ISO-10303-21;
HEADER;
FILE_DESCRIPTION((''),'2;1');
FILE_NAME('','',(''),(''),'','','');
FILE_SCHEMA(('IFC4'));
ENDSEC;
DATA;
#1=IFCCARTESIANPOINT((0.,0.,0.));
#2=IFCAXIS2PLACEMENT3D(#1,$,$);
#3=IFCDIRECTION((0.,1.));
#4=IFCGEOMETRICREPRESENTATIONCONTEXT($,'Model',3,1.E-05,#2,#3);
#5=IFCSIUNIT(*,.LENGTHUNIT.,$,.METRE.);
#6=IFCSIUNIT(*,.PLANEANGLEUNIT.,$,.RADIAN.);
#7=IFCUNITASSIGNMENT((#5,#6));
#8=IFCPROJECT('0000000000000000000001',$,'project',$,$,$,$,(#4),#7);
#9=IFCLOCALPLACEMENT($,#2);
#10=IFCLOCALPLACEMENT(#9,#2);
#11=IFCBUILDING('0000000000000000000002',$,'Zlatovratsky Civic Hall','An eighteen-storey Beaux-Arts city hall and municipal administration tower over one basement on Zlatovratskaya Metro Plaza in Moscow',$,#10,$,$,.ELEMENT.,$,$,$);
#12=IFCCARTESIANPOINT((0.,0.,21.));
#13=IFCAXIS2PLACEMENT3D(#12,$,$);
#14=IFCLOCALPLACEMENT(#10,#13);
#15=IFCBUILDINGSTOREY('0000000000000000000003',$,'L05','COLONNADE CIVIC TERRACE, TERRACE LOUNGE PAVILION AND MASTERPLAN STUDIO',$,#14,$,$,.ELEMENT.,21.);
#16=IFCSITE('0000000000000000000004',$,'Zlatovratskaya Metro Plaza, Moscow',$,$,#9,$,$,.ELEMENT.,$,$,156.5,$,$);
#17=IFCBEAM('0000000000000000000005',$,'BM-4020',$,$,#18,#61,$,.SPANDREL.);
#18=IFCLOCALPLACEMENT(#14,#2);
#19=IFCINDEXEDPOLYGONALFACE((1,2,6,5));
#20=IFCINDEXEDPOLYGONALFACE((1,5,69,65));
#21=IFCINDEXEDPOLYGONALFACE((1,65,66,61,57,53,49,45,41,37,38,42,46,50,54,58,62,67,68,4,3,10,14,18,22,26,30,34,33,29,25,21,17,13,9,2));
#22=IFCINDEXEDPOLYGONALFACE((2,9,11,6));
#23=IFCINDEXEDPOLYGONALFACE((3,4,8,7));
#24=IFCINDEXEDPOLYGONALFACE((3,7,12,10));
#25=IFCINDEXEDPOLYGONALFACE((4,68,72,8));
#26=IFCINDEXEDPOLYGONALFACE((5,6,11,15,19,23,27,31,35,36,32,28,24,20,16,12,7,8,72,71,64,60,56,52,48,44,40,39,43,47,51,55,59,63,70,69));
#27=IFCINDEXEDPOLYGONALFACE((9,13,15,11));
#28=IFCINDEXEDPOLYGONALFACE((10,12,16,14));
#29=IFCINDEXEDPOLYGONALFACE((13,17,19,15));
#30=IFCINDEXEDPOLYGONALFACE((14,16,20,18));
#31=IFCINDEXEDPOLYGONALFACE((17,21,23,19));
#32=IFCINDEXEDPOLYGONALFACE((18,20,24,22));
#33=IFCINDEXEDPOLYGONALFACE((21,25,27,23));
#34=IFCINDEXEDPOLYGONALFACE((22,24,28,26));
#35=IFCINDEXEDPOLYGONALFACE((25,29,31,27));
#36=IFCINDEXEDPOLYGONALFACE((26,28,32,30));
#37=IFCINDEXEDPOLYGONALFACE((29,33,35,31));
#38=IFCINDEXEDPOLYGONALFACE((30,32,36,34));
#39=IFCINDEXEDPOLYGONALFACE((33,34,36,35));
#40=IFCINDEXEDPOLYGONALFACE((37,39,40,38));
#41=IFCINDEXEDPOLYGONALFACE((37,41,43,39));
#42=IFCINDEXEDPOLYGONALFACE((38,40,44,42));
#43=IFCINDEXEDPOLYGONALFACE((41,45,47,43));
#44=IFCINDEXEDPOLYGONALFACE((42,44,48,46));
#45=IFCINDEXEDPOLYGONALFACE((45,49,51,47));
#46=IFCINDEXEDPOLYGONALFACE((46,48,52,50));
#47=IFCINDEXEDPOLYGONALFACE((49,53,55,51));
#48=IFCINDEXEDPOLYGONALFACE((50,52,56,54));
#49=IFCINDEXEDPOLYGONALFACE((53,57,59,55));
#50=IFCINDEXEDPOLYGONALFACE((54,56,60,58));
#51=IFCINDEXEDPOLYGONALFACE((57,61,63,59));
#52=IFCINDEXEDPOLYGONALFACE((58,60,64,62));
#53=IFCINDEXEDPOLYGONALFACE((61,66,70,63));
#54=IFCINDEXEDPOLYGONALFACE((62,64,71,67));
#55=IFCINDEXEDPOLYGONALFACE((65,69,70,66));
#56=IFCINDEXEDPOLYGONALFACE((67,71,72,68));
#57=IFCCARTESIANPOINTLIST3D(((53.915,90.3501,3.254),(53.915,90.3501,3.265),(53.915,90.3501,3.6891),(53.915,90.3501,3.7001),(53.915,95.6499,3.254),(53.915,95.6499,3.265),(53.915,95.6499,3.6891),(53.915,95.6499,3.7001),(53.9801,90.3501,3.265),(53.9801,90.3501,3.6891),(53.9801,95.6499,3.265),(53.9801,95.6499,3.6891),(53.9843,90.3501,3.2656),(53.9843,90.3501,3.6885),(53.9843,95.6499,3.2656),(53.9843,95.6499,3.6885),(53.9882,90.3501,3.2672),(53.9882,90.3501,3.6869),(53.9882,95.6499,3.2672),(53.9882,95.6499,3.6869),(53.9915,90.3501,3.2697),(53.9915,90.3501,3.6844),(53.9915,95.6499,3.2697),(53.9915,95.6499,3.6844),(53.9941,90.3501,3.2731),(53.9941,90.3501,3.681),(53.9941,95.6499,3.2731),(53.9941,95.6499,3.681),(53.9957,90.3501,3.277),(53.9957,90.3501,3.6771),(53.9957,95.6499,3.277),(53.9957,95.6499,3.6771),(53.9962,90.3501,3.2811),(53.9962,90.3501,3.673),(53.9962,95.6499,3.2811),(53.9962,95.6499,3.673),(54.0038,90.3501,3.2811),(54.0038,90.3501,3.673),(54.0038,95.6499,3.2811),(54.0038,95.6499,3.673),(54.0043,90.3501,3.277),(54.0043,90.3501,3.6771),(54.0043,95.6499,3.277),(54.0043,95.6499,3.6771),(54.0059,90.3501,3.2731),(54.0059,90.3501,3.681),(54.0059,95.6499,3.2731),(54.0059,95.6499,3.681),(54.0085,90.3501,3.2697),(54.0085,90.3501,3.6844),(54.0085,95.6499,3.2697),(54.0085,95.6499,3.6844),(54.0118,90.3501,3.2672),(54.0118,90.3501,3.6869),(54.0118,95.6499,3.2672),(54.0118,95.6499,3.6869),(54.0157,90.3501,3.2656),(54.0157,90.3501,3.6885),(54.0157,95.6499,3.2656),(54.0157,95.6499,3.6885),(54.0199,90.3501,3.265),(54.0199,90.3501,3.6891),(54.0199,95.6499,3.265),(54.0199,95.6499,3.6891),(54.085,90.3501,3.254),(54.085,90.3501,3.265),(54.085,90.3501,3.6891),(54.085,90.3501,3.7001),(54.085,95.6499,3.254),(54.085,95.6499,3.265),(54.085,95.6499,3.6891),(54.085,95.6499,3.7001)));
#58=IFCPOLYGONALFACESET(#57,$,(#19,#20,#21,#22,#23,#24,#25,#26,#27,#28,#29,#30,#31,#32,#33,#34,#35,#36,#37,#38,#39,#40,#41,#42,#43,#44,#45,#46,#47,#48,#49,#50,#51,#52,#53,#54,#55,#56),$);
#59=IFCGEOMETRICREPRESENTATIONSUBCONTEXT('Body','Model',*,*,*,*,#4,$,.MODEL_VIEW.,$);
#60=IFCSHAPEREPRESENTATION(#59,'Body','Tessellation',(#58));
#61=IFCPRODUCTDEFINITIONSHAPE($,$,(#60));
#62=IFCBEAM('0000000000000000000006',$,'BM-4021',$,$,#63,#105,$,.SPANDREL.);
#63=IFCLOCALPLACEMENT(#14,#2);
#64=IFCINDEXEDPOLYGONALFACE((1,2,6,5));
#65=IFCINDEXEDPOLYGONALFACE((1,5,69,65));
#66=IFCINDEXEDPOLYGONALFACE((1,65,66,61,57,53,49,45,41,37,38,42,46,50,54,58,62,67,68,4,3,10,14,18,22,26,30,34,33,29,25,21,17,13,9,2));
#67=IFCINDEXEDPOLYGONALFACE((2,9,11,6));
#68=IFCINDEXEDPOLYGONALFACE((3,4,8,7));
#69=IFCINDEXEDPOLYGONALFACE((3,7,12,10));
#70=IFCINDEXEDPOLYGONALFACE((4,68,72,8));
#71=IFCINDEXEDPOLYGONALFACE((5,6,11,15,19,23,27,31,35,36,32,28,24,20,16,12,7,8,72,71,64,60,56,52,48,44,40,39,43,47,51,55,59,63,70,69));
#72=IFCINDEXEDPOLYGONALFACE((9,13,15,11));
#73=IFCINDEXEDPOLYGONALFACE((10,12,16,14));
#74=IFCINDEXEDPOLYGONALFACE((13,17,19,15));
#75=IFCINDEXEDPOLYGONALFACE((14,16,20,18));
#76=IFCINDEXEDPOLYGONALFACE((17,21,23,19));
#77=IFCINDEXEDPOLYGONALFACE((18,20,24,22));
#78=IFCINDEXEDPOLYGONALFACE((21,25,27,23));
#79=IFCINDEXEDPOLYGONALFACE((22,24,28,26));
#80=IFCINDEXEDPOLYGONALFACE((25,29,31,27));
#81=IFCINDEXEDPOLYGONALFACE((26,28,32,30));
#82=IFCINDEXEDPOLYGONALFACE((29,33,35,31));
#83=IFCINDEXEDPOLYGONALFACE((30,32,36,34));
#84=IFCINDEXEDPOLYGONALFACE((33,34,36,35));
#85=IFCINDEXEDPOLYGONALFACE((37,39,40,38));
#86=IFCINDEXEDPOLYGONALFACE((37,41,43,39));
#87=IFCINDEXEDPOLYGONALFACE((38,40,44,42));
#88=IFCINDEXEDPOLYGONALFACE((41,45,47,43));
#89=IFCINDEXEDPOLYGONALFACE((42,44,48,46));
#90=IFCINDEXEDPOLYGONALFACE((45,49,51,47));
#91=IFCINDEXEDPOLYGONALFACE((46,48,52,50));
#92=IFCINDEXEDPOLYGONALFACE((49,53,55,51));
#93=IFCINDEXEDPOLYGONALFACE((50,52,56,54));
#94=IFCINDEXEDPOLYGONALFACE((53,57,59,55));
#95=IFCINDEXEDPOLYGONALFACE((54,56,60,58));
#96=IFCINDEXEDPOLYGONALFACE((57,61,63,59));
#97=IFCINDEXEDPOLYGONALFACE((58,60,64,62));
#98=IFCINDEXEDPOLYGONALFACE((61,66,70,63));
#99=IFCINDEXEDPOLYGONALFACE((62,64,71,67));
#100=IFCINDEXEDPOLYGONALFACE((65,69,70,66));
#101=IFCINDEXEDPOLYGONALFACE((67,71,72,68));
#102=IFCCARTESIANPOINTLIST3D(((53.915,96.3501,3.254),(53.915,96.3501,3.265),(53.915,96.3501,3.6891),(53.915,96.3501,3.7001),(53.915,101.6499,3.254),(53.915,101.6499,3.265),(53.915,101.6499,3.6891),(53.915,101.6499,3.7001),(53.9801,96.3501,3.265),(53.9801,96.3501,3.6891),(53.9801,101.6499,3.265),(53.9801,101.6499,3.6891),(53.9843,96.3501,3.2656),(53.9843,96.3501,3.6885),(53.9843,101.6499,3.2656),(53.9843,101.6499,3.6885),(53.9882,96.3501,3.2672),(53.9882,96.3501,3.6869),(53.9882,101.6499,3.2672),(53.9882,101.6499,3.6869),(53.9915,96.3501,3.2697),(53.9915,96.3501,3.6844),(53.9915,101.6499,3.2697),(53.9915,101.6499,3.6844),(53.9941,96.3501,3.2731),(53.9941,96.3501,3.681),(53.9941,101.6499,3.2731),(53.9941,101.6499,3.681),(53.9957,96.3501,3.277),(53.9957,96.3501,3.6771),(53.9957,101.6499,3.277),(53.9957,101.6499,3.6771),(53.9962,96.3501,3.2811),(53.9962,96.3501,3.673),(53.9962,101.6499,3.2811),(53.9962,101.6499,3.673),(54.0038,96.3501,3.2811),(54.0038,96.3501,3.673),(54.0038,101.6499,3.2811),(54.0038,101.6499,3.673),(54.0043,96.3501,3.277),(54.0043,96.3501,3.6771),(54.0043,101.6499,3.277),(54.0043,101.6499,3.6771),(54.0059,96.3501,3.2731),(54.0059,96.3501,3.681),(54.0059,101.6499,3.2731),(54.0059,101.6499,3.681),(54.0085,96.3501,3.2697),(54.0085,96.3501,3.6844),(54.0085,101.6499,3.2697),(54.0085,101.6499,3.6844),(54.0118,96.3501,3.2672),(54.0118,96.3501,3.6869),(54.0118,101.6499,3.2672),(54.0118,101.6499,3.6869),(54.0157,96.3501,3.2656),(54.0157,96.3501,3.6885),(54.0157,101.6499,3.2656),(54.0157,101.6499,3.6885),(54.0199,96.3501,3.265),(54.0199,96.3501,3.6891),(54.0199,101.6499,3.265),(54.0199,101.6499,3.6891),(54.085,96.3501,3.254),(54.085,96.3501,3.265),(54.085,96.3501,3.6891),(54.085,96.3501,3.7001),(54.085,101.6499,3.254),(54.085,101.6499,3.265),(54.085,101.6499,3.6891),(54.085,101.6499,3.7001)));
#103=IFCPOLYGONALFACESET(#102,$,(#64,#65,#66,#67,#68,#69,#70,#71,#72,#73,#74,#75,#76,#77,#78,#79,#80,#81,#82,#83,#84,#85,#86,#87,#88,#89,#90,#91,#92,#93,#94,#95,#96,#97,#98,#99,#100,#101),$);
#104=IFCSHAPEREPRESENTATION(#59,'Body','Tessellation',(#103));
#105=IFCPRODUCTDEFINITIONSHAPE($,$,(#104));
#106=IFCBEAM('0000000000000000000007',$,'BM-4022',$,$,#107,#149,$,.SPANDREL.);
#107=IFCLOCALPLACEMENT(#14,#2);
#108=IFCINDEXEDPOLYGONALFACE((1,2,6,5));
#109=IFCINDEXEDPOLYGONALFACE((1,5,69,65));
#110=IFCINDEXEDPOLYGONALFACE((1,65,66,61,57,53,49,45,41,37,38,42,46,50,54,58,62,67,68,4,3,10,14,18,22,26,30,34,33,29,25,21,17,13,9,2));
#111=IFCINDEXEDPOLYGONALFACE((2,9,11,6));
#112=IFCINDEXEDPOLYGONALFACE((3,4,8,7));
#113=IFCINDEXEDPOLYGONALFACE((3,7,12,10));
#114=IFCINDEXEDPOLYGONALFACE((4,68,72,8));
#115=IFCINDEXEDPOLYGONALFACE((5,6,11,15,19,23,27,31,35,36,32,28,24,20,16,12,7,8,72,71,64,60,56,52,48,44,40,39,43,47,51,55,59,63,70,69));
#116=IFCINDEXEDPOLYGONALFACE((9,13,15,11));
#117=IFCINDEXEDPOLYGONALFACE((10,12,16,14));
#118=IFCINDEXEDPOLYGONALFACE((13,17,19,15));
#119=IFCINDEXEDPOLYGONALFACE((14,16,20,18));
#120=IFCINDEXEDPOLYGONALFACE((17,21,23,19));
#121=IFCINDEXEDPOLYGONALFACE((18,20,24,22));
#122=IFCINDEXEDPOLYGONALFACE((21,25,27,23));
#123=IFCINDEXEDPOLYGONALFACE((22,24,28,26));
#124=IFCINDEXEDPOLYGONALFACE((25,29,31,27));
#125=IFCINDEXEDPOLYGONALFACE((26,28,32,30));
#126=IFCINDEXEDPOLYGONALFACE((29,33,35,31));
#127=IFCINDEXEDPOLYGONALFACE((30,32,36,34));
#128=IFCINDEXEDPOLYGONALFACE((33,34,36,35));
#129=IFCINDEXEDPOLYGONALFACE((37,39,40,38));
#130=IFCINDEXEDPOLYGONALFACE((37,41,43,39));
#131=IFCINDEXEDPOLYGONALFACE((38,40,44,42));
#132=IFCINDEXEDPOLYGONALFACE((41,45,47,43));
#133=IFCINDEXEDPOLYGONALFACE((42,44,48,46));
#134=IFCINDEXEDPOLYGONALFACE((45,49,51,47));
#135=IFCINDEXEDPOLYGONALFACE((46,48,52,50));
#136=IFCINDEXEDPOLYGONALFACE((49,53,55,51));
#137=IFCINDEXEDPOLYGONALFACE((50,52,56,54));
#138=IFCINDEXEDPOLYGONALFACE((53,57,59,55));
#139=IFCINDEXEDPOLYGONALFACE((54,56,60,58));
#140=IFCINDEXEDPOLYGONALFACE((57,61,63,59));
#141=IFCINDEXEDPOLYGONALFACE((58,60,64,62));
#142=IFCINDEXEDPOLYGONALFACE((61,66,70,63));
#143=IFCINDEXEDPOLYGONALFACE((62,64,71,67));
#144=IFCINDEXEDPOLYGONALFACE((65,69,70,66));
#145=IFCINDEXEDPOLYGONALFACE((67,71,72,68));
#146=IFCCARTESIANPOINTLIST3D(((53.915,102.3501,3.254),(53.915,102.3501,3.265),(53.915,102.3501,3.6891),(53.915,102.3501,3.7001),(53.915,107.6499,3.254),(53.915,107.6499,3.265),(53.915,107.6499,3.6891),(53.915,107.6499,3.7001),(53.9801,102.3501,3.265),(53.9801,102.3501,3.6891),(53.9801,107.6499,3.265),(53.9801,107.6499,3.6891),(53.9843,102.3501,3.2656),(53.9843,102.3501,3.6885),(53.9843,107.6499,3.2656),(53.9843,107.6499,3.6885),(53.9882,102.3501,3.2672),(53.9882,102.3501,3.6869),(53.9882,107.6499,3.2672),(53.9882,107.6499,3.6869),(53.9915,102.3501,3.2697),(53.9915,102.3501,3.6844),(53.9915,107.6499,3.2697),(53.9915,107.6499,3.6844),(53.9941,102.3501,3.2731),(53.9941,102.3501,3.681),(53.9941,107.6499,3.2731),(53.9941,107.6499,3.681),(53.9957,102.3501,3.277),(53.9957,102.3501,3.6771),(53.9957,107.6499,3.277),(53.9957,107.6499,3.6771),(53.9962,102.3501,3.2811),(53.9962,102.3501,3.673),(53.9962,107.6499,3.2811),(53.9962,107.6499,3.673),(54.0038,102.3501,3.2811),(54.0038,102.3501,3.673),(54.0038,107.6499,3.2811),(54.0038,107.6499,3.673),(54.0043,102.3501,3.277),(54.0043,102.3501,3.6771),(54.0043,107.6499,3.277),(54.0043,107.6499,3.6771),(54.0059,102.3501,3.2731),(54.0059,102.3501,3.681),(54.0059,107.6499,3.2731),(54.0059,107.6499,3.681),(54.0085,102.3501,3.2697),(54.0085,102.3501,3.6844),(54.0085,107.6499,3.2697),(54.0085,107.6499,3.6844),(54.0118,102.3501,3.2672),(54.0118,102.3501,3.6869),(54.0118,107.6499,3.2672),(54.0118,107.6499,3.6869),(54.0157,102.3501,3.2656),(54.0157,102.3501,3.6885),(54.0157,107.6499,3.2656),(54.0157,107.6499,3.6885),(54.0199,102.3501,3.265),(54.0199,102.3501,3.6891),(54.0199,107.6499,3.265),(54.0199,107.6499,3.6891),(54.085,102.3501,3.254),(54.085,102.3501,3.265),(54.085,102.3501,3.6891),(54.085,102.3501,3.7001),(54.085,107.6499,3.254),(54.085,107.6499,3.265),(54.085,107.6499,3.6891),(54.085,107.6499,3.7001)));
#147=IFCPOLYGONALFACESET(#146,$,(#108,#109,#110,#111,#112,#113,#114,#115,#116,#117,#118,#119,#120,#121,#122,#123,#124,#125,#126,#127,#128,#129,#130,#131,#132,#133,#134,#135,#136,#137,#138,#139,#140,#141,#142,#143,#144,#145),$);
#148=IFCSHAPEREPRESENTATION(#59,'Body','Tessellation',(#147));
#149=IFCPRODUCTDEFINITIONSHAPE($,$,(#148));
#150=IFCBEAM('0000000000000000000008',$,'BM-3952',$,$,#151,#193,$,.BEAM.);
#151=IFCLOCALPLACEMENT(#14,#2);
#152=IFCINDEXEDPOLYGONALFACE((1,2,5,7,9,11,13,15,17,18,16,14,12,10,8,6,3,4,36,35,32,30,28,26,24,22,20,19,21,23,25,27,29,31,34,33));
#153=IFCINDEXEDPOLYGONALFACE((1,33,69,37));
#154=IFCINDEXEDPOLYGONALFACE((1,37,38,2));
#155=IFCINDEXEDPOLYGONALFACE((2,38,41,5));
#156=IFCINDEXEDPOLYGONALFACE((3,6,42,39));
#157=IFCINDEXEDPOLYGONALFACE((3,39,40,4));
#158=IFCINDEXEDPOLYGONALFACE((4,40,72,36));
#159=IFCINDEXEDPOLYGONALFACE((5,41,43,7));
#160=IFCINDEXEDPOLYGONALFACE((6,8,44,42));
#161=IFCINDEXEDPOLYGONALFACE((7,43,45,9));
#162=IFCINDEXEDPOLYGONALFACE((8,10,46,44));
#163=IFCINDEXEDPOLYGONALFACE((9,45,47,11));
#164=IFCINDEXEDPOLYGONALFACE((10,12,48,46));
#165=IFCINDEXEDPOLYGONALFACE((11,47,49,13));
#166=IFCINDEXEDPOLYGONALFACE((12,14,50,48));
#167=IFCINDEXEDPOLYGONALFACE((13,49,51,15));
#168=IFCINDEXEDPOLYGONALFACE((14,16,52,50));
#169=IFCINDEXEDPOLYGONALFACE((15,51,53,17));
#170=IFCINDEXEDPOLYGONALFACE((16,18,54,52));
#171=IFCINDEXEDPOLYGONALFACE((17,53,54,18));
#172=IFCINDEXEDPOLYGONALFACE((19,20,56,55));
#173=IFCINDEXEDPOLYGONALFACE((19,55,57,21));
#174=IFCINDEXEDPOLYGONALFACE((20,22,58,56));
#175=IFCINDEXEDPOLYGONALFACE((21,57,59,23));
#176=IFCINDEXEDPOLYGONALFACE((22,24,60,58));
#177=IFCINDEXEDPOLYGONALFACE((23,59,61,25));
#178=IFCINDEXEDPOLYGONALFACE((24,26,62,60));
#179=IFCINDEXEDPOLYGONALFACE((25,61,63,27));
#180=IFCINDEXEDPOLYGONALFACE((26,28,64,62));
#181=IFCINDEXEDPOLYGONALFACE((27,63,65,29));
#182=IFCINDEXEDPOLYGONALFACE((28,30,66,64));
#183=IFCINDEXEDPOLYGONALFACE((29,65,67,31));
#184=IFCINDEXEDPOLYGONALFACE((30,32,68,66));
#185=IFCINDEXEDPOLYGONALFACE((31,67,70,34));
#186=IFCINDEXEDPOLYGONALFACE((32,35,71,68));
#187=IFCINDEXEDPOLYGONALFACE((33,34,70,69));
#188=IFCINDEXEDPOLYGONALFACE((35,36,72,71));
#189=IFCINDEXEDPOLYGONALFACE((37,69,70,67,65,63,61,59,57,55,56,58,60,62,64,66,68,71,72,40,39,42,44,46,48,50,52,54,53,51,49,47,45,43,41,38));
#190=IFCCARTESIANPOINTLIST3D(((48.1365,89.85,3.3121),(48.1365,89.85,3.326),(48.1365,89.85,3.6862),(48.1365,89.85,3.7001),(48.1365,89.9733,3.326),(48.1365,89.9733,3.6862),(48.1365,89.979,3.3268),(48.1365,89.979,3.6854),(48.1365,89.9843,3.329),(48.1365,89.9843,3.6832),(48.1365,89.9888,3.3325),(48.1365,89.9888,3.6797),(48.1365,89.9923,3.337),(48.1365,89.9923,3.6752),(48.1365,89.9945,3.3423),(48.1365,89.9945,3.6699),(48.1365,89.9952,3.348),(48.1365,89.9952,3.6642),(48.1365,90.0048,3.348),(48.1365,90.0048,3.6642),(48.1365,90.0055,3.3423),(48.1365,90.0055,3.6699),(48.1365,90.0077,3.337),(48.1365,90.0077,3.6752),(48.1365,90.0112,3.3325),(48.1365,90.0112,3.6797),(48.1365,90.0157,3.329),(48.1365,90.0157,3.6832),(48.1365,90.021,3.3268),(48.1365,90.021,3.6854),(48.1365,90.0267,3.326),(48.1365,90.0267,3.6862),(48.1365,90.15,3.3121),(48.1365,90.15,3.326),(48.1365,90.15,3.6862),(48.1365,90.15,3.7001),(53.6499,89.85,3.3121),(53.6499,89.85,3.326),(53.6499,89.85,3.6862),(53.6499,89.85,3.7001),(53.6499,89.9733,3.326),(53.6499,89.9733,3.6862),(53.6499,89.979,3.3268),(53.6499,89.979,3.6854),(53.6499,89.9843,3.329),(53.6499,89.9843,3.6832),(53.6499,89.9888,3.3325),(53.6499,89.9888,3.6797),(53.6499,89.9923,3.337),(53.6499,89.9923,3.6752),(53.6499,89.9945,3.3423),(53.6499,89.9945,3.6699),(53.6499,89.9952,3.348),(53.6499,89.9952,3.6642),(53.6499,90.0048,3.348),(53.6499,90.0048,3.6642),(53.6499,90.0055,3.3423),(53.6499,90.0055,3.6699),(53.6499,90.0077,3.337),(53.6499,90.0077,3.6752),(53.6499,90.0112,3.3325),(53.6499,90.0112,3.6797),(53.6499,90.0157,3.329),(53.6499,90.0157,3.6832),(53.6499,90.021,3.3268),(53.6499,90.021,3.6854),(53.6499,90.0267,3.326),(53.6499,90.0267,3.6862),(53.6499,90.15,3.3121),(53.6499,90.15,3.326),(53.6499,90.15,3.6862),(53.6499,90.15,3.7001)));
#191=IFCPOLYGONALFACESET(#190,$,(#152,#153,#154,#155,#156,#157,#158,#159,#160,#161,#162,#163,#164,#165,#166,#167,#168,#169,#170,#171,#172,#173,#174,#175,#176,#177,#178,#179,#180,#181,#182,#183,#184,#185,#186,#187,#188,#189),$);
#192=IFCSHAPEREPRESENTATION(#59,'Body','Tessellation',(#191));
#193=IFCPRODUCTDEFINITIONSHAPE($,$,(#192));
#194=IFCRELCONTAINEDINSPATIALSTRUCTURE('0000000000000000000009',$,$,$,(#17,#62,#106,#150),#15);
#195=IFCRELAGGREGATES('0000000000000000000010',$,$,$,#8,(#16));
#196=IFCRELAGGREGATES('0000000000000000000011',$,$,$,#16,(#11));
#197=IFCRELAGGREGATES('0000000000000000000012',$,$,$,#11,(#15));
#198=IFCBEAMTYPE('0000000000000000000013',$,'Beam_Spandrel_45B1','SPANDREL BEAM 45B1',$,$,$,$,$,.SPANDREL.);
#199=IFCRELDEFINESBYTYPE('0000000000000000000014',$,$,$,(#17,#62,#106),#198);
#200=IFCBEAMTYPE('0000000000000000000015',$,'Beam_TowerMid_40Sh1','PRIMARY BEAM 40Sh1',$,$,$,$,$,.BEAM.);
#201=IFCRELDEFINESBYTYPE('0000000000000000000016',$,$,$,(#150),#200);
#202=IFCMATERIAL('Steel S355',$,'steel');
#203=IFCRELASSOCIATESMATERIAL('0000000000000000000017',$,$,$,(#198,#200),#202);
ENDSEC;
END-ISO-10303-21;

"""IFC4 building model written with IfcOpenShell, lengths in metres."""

from ifc_helpers import new_model, si_unit, direction, frame, origin, origin_2d, place, context, subcontext, project, spatial, i_section, extrude, material, material_profile, profile_set, type_object, element, save


model = new_model("IFC4")

# Units and contexts
model_context = context("Model", 3, precision=1e-05, world=origin(), true_north=direction((0.0, 1.0)))
body_context = subcontext(model_context, "Body", "Model", "MODEL_VIEW")
ifc_project = project(units=[si_unit("LENGTHUNIT", "METRE"), si_unit("PLANEANGLEUNIT", "RADIAN")], contexts=[model_context])

# Site, building, storey
site_placement = place(None, origin())
site = spatial("IfcSite", under=ifc_project, at=site_placement, Name="Zlatovratskaya Metro Plaza, Moscow", CompositionType="ELEMENT", RefElevation=156.5)
building_placement = place(site_placement, origin())
building = spatial("IfcBuilding", under=site, at=building_placement, Name="Zlatovratsky Civic Hall", Description="An eighteen-storey Beaux-Arts city hall and municipal administration tower over one basement on Zlatovratskaya Metro Plaza in Moscow", CompositionType="ELEMENT")
storey_placement = place(building_placement, frame((0.0, 0.0, 21.0)))
storey = spatial("IfcBuildingStorey", under=building, at=storey_placement, Name="L05", Description="COLONNADE CIVIC TERRACE, TERRACE LOUNGE PAVILION AND MASTERPLAN STUDIO", CompositionType="ELEMENT", Elevation=21.0)

# Shared definitions
ifc_material_1 = material(Name="Steel S355", Category="steel")

# Beams
ifc_material_profile_1 = material_profile(ifc_material_1, i_section(OverallWidth=0.1699, OverallDepth=0.446, WebThickness=0.0076, FlangeThickness=0.011, FilletRadius=0.0161, at=origin_2d()), Name="45B1")
ifc_profile_set_1 = profile_set([ifc_material_profile_1], Name="Steel S355")
beam_type_1 = type_object("IfcBeamType", Name="Beam_Spandrel_45B1", Description="SPANDREL BEAM 45B1", PredefinedType="SPANDREL", material=ifc_profile_set_1)
for number, where, z_axis, x_axis, name in (
    (1, (54.0, 90.3501, 3.4771), (0.0, 1.0, 0.0), (-1.0, 0.0, 0.0), "BM-4020"),
    (2, (54.0, 96.3501, 3.4771), (0.0, 1.0, 0.0), (-1.0, 0.0, 0.0), "BM-4021"),
    (3, (54.0, 102.3501, 3.4771), (0.0, 1.0, 0.0), (-1.0, 0.0, 0.0), "BM-4022"),
):
    element("IfcBeam", number, at=place(storey_placement, frame(where, z_axis=z_axis, x_axis=x_axis)), inside=storey, type_object=beam_type_1, Name=name, PredefinedType="SPANDREL", context=body_context, shape_type="SweptSolid", body=[
        extrude(i_section(OverallWidth=0.1699, OverallDepth=0.446, WebThickness=0.0076, FlangeThickness=0.011, FilletRadius=0.0161, at=origin_2d()), origin(), (0.0, 0.0, 1.0), 5.2998),
    ])
ifc_material_profile_2 = material_profile(ifc_material_1, i_section(OverallWidth=0.3, OverallDepth=0.3879, WebThickness=0.0095, FlangeThickness=0.0139, FilletRadius=0.022, at=origin_2d()), Name="40Sh1")
ifc_profile_set_2 = profile_set([ifc_material_profile_2], Name="Steel S355")
beam_type_2 = type_object("IfcBeamType", Name="Beam_TowerMid_40Sh1", Description="PRIMARY BEAM 40Sh1", PredefinedType="BEAM", material=ifc_profile_set_2)
beam_1_placement = place(storey_placement, frame((48.1365, 90.0, 3.5061), z_axis=(1.0, 0.0, 0.0), x_axis=(0.0, 1.0, 0.0)))
element("IfcBeam", 4, at=beam_1_placement, inside=storey, type_object=beam_type_2, Name="BM-3952", PredefinedType="BEAM", context=body_context, shape_type="SweptSolid", body=[
    extrude(i_section(OverallWidth=0.3, OverallDepth=0.3879, WebThickness=0.0095, FlangeThickness=0.0139, FilletRadius=0.022, at=origin_2d()), origin(), (0.0, 0.0, 1.0), 5.5134),
])

save(model, "model.ifc")
